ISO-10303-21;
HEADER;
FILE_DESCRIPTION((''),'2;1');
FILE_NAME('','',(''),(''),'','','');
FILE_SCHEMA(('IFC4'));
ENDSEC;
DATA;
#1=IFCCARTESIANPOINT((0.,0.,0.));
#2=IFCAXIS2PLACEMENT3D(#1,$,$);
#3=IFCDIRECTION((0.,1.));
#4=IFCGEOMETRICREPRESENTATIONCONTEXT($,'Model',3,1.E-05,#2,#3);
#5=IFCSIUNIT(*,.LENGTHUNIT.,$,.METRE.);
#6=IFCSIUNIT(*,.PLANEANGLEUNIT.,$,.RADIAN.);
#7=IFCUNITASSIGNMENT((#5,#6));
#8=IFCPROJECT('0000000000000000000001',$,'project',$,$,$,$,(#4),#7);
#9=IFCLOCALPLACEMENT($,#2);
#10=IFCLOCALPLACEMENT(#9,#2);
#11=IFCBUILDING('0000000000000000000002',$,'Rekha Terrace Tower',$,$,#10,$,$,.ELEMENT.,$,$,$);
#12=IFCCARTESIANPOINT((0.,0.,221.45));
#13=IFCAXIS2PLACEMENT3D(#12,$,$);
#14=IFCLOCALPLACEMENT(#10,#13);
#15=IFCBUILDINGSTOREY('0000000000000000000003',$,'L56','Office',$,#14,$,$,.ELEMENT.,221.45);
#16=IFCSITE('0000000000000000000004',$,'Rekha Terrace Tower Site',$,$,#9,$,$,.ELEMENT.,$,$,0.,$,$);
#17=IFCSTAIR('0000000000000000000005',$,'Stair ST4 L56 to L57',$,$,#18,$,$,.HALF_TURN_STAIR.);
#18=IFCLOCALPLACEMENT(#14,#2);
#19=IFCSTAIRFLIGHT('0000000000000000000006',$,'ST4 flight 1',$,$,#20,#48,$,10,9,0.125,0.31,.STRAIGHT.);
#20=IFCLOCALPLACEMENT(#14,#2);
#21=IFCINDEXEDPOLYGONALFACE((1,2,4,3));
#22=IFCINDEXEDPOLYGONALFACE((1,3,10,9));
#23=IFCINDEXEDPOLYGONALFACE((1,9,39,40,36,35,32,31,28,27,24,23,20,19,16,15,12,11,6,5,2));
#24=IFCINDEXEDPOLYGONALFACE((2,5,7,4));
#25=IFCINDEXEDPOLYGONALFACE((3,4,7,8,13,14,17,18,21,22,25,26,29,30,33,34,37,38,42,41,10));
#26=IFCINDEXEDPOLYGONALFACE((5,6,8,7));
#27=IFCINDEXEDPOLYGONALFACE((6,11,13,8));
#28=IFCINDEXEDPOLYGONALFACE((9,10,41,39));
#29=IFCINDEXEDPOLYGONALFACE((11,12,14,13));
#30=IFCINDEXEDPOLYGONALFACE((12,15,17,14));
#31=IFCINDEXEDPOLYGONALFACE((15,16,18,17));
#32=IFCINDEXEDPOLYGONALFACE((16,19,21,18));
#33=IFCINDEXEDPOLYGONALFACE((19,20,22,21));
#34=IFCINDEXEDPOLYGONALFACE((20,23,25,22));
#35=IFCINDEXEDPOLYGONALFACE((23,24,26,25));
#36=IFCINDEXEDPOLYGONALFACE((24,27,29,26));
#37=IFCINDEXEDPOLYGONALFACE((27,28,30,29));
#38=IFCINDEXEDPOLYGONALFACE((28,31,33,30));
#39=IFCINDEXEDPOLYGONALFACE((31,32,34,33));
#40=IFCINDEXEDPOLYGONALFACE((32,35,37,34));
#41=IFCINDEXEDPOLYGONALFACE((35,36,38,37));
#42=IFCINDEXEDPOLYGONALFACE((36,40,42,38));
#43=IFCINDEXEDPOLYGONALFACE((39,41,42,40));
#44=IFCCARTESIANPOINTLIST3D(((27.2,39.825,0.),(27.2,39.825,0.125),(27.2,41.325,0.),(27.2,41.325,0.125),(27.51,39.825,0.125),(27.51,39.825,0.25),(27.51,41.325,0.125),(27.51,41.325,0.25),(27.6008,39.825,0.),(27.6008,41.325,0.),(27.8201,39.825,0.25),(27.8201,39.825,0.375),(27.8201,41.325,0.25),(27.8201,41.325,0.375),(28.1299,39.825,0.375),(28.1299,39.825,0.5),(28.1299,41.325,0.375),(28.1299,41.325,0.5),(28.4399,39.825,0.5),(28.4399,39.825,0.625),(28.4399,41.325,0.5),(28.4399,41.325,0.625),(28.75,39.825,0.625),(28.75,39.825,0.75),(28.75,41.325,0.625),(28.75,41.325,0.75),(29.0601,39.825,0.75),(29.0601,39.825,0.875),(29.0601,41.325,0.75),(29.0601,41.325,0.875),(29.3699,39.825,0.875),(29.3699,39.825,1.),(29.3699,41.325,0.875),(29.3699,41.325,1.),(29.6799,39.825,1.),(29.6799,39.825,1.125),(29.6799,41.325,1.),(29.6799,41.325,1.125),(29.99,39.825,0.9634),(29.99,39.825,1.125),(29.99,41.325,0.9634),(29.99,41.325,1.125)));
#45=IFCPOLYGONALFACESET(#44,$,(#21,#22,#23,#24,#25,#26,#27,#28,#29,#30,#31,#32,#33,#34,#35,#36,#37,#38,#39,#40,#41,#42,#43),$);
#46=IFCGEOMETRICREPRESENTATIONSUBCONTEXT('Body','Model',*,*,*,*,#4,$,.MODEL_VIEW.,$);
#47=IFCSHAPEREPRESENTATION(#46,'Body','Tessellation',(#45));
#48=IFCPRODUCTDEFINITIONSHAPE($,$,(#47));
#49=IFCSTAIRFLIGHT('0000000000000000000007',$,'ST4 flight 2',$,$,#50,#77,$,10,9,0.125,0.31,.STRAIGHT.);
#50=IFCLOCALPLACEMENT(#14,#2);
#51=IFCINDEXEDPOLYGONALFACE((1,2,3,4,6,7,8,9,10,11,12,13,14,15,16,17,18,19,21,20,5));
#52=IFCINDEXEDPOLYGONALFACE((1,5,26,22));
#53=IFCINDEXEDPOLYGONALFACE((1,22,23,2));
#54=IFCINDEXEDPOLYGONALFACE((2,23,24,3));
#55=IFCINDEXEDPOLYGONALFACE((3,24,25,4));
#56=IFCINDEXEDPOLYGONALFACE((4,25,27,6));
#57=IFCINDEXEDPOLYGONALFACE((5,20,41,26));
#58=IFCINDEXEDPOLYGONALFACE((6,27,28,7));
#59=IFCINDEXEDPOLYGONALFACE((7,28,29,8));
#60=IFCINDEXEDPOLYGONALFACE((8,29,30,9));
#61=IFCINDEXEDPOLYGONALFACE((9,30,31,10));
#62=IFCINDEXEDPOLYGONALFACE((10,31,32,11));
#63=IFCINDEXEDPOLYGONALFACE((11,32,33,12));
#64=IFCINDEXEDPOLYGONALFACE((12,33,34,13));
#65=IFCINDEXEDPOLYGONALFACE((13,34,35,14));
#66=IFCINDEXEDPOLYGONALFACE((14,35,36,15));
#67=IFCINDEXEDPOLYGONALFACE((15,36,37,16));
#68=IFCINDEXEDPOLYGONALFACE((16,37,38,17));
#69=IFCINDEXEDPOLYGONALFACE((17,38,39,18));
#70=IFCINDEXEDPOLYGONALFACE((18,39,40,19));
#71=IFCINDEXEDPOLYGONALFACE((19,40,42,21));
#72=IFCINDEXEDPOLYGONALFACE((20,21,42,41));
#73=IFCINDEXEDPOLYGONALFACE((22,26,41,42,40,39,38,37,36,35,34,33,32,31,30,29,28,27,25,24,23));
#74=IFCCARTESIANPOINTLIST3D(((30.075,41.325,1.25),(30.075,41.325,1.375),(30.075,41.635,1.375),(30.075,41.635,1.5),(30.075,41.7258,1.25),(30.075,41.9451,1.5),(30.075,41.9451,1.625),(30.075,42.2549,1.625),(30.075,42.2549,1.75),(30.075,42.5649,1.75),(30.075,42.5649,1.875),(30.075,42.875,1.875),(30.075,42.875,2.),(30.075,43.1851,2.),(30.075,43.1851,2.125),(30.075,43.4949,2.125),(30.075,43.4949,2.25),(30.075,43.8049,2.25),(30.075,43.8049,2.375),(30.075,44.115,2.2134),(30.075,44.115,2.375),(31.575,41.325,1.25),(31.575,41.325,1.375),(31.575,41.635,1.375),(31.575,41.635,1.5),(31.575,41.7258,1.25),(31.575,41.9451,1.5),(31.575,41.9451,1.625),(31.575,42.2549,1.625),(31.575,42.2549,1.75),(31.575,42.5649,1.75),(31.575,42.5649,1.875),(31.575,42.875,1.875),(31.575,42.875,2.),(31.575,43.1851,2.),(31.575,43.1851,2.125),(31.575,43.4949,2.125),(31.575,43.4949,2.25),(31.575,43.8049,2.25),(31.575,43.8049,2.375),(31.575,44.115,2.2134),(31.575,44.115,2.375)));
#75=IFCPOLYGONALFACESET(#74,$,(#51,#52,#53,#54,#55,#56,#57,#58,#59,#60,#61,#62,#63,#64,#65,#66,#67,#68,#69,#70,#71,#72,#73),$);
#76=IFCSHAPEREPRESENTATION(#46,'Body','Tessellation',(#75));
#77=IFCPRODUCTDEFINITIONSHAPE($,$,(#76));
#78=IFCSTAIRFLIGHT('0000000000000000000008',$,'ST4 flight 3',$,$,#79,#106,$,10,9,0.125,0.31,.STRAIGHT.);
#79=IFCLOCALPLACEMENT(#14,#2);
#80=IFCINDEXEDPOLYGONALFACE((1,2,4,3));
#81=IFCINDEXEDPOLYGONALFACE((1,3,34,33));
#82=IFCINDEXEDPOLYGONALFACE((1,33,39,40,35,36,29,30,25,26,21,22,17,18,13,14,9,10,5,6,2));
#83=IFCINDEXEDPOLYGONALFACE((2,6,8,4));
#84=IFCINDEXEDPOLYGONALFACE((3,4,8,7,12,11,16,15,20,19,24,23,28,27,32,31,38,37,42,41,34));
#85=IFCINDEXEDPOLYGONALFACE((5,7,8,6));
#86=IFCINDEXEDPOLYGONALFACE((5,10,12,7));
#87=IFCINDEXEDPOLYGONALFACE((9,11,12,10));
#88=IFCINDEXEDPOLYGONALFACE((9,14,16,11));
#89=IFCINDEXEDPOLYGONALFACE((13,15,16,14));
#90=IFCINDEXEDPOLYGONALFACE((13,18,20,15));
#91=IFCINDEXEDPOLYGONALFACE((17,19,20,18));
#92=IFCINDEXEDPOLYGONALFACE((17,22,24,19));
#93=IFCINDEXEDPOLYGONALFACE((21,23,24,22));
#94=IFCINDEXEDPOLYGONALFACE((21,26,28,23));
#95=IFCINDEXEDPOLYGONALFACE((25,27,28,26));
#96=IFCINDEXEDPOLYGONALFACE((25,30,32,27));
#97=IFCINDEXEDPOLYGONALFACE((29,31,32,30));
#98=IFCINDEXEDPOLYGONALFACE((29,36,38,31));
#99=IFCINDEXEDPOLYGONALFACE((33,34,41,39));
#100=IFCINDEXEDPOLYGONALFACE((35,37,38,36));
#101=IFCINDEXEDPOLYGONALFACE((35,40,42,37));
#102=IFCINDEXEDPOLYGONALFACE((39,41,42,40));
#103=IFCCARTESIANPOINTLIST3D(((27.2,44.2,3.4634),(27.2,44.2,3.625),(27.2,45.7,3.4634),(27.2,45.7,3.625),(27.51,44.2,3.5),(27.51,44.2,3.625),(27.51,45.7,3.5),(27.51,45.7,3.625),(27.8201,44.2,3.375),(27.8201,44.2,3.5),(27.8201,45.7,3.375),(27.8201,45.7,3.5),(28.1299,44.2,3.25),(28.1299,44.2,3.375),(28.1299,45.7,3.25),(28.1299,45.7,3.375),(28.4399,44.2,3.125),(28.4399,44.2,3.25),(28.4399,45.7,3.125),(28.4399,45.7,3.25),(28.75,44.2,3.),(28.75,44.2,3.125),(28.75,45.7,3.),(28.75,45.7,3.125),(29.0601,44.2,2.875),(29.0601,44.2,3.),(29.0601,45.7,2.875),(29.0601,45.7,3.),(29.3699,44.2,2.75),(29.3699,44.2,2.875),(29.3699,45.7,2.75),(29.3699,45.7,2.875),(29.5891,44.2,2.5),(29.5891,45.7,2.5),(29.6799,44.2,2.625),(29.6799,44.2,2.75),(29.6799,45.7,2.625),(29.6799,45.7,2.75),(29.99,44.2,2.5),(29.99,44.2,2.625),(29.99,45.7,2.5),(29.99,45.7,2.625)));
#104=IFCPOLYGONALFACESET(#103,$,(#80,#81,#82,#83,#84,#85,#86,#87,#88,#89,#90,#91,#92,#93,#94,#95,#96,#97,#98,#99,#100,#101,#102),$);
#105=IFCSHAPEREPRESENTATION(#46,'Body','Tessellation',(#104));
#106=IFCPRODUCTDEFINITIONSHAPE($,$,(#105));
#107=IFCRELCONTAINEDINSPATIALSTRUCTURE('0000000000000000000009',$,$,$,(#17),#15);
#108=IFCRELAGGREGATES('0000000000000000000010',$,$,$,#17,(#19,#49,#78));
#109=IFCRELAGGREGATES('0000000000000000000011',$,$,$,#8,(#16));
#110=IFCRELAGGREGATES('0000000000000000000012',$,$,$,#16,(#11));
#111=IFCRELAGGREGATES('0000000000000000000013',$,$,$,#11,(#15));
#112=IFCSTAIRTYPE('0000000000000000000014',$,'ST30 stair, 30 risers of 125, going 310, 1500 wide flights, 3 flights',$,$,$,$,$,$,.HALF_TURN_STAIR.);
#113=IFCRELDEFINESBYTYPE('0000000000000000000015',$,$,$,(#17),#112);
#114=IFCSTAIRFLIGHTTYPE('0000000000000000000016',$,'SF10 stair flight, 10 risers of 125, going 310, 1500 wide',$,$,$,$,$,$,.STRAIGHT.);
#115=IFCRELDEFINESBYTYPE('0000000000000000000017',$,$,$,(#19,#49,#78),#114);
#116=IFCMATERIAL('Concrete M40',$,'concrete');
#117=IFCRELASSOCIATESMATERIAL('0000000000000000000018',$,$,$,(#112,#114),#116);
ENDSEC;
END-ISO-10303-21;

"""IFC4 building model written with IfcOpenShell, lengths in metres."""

from ifc_helpers import new_model, si_unit, direction, frame, origin, place, context, subcontext, project, spatial, polyline, outline, extrude, material, type_object, element, aggregate, save


model = new_model("IFC4")

# Units and contexts
model_context = context("Model", 3, precision=1e-05, world=origin(), true_north=direction((0.0, 1.0)))
body_context = subcontext(model_context, "Body", "Model", "MODEL_VIEW")
ifc_project = project(units=[si_unit("LENGTHUNIT", "METRE"), si_unit("PLANEANGLEUNIT", "RADIAN")], contexts=[model_context])

# Site, building, storey
site_placement = place(None, origin())
site = spatial("IfcSite", under=ifc_project, at=site_placement, Name="Rekha Terrace Tower Site", CompositionType="ELEMENT", RefElevation=0.0)
building_placement = place(site_placement, origin())
building = spatial("IfcBuilding", under=site, at=building_placement, Name="Rekha Terrace Tower", CompositionType="ELEMENT")
storey_placement = place(building_placement, frame((0.0, 0.0, 221.45)))
storey = spatial("IfcBuildingStorey", under=building, at=storey_placement, Name="L56", Description="Office", CompositionType="ELEMENT", Elevation=221.45)

# Stair, stair flights
ifc_material_1 = material(Name="Concrete M40", Category="concrete")
stair_type = type_object("IfcStairType", Name="ST30 stair, 30 risers of 125, going 310, 1500 wide flights, 3 flights", PredefinedType="HALF_TURN_STAIR", material=ifc_material_1)
stair_placement = place(storey_placement, origin())
stair = element("IfcStair", 1, at=stair_placement, inside=storey, type_object=stair_type, Name="Stair ST4 L56 to L57", PredefinedType="HALF_TURN_STAIR")
stair_flight_type = type_object("IfcStairFlightType", Name="SF10 stair flight, 10 risers of 125, going 310, 1500 wide", PredefinedType="STRAIGHT", material=ifc_material_1)
stair_flight_1_placement = place(storey_placement, frame((27.2, 40.575, 0.0), z_axis=(0.0, 0.0, 1.0), x_axis=(1.0, 0.0, 0.0)))
stair_flight_1 = element("IfcStairFlight", 2, at=stair_flight_1_placement, type_object=stair_flight_type, Name="ST4 flight 1", NumberOfRisers=10, NumberOfTreads=9, PredefinedType="STRAIGHT", RiserHeight=0.125, TreadLength=0.31, context=body_context, shape_type="SweptSolid", body=[
    extrude(outline(polyline([(0.0, 0.0), (0.0, 0.125), (0.3101, 0.125), (0.3101, 0.25), (0.6201, 0.25), (0.6201, 0.375), (0.9299, 0.375), (0.9299, 0.5), (1.24, 0.5), (1.24, 0.625), (1.55, 0.625), (1.55, 0.75), (1.8601, 0.75), (1.8601, 0.875), (2.1699, 0.875), (2.1699, 1.0), (2.48, 1.0), (2.48, 1.125), (2.79, 1.125), (2.79, 1.25), (2.79, 0.9634), (0.4009, 0.0), (0.0, 0.0)])), frame((0.0, 0.75, 0.0), z_axis=(0.0, -1.0, 0.0), x_axis=(1.0, 0.0, 0.0)), (0.0, 0.0, 1.0), 1.5),
])
stair_flight_2_placement = place(storey_placement, frame((30.825, 41.325, 1.25), z_axis=(0.0, 0.0, 1.0), x_axis=(0.0, 1.0, 0.0)))
stair_flight_2 = element("IfcStairFlight", 3, at=stair_flight_2_placement, type_object=stair_flight_type, Name="ST4 flight 2", NumberOfRisers=10, NumberOfTreads=9, PredefinedType="STRAIGHT", RiserHeight=0.125, TreadLength=0.31, context=body_context, shape_type="SweptSolid", body=[
    extrude(outline(polyline([(0.0, 0.0), (0.0, 0.125), (0.3101, 0.125), (0.3101, 0.25), (0.6201, 0.25), (0.6201, 0.375), (0.9299, 0.375), (0.9299, 0.5), (1.24, 0.5), (1.24, 0.625), (1.55, 0.625), (1.55, 0.75), (1.8601, 0.75), (1.8601, 0.875), (2.1699, 0.875), (2.1699, 1.0), (2.48, 1.0), (2.48, 1.125), (2.79, 1.125), (2.79, 1.25), (2.79, 0.9634), (0.4009, 0.0), (0.0, 0.0)])), frame((0.0, 0.75, 0.0), z_axis=(0.0, -1.0, 0.0), x_axis=(1.0, 0.0, 0.0)), (0.0, 0.0, 1.0), 1.5),
])
stair_flight_3_placement = place(storey_placement, frame((29.99, 44.95, 2.5), z_axis=(0.0, 0.0, 1.0), x_axis=(-1.0, 0.0, 0.0)))
stair_flight_3 = element("IfcStairFlight", 4, at=stair_flight_3_placement, type_object=stair_flight_type, Name="ST4 flight 3", NumberOfRisers=10, NumberOfTreads=9, PredefinedType="STRAIGHT", RiserHeight=0.125, TreadLength=0.31, context=body_context, shape_type="SweptSolid", body=[
    extrude(outline(polyline([(0.0, 0.0), (0.0, 0.125), (0.3101, 0.125), (0.3101, 0.25), (0.6201, 0.25), (0.6201, 0.375), (0.9299, 0.375), (0.9299, 0.5), (1.24, 0.5), (1.24, 0.625), (1.55, 0.625), (1.55, 0.75), (1.8601, 0.75), (1.8601, 0.875), (2.1699, 0.875), (2.1699, 1.0), (2.48, 1.0), (2.48, 1.125), (2.79, 1.125), (2.79, 1.25), (2.79, 0.9634), (0.4009, 0.0), (0.0, 0.0)])), frame((0.0, 0.75, 0.0), z_axis=(0.0, -1.0, 0.0), x_axis=(1.0, 0.0, 0.0)), (0.0, 0.0, 1.0), 1.5),
])
aggregate(stair, [stair_flight_1, stair_flight_2, stair_flight_3])

save(model, "model.ifc")
